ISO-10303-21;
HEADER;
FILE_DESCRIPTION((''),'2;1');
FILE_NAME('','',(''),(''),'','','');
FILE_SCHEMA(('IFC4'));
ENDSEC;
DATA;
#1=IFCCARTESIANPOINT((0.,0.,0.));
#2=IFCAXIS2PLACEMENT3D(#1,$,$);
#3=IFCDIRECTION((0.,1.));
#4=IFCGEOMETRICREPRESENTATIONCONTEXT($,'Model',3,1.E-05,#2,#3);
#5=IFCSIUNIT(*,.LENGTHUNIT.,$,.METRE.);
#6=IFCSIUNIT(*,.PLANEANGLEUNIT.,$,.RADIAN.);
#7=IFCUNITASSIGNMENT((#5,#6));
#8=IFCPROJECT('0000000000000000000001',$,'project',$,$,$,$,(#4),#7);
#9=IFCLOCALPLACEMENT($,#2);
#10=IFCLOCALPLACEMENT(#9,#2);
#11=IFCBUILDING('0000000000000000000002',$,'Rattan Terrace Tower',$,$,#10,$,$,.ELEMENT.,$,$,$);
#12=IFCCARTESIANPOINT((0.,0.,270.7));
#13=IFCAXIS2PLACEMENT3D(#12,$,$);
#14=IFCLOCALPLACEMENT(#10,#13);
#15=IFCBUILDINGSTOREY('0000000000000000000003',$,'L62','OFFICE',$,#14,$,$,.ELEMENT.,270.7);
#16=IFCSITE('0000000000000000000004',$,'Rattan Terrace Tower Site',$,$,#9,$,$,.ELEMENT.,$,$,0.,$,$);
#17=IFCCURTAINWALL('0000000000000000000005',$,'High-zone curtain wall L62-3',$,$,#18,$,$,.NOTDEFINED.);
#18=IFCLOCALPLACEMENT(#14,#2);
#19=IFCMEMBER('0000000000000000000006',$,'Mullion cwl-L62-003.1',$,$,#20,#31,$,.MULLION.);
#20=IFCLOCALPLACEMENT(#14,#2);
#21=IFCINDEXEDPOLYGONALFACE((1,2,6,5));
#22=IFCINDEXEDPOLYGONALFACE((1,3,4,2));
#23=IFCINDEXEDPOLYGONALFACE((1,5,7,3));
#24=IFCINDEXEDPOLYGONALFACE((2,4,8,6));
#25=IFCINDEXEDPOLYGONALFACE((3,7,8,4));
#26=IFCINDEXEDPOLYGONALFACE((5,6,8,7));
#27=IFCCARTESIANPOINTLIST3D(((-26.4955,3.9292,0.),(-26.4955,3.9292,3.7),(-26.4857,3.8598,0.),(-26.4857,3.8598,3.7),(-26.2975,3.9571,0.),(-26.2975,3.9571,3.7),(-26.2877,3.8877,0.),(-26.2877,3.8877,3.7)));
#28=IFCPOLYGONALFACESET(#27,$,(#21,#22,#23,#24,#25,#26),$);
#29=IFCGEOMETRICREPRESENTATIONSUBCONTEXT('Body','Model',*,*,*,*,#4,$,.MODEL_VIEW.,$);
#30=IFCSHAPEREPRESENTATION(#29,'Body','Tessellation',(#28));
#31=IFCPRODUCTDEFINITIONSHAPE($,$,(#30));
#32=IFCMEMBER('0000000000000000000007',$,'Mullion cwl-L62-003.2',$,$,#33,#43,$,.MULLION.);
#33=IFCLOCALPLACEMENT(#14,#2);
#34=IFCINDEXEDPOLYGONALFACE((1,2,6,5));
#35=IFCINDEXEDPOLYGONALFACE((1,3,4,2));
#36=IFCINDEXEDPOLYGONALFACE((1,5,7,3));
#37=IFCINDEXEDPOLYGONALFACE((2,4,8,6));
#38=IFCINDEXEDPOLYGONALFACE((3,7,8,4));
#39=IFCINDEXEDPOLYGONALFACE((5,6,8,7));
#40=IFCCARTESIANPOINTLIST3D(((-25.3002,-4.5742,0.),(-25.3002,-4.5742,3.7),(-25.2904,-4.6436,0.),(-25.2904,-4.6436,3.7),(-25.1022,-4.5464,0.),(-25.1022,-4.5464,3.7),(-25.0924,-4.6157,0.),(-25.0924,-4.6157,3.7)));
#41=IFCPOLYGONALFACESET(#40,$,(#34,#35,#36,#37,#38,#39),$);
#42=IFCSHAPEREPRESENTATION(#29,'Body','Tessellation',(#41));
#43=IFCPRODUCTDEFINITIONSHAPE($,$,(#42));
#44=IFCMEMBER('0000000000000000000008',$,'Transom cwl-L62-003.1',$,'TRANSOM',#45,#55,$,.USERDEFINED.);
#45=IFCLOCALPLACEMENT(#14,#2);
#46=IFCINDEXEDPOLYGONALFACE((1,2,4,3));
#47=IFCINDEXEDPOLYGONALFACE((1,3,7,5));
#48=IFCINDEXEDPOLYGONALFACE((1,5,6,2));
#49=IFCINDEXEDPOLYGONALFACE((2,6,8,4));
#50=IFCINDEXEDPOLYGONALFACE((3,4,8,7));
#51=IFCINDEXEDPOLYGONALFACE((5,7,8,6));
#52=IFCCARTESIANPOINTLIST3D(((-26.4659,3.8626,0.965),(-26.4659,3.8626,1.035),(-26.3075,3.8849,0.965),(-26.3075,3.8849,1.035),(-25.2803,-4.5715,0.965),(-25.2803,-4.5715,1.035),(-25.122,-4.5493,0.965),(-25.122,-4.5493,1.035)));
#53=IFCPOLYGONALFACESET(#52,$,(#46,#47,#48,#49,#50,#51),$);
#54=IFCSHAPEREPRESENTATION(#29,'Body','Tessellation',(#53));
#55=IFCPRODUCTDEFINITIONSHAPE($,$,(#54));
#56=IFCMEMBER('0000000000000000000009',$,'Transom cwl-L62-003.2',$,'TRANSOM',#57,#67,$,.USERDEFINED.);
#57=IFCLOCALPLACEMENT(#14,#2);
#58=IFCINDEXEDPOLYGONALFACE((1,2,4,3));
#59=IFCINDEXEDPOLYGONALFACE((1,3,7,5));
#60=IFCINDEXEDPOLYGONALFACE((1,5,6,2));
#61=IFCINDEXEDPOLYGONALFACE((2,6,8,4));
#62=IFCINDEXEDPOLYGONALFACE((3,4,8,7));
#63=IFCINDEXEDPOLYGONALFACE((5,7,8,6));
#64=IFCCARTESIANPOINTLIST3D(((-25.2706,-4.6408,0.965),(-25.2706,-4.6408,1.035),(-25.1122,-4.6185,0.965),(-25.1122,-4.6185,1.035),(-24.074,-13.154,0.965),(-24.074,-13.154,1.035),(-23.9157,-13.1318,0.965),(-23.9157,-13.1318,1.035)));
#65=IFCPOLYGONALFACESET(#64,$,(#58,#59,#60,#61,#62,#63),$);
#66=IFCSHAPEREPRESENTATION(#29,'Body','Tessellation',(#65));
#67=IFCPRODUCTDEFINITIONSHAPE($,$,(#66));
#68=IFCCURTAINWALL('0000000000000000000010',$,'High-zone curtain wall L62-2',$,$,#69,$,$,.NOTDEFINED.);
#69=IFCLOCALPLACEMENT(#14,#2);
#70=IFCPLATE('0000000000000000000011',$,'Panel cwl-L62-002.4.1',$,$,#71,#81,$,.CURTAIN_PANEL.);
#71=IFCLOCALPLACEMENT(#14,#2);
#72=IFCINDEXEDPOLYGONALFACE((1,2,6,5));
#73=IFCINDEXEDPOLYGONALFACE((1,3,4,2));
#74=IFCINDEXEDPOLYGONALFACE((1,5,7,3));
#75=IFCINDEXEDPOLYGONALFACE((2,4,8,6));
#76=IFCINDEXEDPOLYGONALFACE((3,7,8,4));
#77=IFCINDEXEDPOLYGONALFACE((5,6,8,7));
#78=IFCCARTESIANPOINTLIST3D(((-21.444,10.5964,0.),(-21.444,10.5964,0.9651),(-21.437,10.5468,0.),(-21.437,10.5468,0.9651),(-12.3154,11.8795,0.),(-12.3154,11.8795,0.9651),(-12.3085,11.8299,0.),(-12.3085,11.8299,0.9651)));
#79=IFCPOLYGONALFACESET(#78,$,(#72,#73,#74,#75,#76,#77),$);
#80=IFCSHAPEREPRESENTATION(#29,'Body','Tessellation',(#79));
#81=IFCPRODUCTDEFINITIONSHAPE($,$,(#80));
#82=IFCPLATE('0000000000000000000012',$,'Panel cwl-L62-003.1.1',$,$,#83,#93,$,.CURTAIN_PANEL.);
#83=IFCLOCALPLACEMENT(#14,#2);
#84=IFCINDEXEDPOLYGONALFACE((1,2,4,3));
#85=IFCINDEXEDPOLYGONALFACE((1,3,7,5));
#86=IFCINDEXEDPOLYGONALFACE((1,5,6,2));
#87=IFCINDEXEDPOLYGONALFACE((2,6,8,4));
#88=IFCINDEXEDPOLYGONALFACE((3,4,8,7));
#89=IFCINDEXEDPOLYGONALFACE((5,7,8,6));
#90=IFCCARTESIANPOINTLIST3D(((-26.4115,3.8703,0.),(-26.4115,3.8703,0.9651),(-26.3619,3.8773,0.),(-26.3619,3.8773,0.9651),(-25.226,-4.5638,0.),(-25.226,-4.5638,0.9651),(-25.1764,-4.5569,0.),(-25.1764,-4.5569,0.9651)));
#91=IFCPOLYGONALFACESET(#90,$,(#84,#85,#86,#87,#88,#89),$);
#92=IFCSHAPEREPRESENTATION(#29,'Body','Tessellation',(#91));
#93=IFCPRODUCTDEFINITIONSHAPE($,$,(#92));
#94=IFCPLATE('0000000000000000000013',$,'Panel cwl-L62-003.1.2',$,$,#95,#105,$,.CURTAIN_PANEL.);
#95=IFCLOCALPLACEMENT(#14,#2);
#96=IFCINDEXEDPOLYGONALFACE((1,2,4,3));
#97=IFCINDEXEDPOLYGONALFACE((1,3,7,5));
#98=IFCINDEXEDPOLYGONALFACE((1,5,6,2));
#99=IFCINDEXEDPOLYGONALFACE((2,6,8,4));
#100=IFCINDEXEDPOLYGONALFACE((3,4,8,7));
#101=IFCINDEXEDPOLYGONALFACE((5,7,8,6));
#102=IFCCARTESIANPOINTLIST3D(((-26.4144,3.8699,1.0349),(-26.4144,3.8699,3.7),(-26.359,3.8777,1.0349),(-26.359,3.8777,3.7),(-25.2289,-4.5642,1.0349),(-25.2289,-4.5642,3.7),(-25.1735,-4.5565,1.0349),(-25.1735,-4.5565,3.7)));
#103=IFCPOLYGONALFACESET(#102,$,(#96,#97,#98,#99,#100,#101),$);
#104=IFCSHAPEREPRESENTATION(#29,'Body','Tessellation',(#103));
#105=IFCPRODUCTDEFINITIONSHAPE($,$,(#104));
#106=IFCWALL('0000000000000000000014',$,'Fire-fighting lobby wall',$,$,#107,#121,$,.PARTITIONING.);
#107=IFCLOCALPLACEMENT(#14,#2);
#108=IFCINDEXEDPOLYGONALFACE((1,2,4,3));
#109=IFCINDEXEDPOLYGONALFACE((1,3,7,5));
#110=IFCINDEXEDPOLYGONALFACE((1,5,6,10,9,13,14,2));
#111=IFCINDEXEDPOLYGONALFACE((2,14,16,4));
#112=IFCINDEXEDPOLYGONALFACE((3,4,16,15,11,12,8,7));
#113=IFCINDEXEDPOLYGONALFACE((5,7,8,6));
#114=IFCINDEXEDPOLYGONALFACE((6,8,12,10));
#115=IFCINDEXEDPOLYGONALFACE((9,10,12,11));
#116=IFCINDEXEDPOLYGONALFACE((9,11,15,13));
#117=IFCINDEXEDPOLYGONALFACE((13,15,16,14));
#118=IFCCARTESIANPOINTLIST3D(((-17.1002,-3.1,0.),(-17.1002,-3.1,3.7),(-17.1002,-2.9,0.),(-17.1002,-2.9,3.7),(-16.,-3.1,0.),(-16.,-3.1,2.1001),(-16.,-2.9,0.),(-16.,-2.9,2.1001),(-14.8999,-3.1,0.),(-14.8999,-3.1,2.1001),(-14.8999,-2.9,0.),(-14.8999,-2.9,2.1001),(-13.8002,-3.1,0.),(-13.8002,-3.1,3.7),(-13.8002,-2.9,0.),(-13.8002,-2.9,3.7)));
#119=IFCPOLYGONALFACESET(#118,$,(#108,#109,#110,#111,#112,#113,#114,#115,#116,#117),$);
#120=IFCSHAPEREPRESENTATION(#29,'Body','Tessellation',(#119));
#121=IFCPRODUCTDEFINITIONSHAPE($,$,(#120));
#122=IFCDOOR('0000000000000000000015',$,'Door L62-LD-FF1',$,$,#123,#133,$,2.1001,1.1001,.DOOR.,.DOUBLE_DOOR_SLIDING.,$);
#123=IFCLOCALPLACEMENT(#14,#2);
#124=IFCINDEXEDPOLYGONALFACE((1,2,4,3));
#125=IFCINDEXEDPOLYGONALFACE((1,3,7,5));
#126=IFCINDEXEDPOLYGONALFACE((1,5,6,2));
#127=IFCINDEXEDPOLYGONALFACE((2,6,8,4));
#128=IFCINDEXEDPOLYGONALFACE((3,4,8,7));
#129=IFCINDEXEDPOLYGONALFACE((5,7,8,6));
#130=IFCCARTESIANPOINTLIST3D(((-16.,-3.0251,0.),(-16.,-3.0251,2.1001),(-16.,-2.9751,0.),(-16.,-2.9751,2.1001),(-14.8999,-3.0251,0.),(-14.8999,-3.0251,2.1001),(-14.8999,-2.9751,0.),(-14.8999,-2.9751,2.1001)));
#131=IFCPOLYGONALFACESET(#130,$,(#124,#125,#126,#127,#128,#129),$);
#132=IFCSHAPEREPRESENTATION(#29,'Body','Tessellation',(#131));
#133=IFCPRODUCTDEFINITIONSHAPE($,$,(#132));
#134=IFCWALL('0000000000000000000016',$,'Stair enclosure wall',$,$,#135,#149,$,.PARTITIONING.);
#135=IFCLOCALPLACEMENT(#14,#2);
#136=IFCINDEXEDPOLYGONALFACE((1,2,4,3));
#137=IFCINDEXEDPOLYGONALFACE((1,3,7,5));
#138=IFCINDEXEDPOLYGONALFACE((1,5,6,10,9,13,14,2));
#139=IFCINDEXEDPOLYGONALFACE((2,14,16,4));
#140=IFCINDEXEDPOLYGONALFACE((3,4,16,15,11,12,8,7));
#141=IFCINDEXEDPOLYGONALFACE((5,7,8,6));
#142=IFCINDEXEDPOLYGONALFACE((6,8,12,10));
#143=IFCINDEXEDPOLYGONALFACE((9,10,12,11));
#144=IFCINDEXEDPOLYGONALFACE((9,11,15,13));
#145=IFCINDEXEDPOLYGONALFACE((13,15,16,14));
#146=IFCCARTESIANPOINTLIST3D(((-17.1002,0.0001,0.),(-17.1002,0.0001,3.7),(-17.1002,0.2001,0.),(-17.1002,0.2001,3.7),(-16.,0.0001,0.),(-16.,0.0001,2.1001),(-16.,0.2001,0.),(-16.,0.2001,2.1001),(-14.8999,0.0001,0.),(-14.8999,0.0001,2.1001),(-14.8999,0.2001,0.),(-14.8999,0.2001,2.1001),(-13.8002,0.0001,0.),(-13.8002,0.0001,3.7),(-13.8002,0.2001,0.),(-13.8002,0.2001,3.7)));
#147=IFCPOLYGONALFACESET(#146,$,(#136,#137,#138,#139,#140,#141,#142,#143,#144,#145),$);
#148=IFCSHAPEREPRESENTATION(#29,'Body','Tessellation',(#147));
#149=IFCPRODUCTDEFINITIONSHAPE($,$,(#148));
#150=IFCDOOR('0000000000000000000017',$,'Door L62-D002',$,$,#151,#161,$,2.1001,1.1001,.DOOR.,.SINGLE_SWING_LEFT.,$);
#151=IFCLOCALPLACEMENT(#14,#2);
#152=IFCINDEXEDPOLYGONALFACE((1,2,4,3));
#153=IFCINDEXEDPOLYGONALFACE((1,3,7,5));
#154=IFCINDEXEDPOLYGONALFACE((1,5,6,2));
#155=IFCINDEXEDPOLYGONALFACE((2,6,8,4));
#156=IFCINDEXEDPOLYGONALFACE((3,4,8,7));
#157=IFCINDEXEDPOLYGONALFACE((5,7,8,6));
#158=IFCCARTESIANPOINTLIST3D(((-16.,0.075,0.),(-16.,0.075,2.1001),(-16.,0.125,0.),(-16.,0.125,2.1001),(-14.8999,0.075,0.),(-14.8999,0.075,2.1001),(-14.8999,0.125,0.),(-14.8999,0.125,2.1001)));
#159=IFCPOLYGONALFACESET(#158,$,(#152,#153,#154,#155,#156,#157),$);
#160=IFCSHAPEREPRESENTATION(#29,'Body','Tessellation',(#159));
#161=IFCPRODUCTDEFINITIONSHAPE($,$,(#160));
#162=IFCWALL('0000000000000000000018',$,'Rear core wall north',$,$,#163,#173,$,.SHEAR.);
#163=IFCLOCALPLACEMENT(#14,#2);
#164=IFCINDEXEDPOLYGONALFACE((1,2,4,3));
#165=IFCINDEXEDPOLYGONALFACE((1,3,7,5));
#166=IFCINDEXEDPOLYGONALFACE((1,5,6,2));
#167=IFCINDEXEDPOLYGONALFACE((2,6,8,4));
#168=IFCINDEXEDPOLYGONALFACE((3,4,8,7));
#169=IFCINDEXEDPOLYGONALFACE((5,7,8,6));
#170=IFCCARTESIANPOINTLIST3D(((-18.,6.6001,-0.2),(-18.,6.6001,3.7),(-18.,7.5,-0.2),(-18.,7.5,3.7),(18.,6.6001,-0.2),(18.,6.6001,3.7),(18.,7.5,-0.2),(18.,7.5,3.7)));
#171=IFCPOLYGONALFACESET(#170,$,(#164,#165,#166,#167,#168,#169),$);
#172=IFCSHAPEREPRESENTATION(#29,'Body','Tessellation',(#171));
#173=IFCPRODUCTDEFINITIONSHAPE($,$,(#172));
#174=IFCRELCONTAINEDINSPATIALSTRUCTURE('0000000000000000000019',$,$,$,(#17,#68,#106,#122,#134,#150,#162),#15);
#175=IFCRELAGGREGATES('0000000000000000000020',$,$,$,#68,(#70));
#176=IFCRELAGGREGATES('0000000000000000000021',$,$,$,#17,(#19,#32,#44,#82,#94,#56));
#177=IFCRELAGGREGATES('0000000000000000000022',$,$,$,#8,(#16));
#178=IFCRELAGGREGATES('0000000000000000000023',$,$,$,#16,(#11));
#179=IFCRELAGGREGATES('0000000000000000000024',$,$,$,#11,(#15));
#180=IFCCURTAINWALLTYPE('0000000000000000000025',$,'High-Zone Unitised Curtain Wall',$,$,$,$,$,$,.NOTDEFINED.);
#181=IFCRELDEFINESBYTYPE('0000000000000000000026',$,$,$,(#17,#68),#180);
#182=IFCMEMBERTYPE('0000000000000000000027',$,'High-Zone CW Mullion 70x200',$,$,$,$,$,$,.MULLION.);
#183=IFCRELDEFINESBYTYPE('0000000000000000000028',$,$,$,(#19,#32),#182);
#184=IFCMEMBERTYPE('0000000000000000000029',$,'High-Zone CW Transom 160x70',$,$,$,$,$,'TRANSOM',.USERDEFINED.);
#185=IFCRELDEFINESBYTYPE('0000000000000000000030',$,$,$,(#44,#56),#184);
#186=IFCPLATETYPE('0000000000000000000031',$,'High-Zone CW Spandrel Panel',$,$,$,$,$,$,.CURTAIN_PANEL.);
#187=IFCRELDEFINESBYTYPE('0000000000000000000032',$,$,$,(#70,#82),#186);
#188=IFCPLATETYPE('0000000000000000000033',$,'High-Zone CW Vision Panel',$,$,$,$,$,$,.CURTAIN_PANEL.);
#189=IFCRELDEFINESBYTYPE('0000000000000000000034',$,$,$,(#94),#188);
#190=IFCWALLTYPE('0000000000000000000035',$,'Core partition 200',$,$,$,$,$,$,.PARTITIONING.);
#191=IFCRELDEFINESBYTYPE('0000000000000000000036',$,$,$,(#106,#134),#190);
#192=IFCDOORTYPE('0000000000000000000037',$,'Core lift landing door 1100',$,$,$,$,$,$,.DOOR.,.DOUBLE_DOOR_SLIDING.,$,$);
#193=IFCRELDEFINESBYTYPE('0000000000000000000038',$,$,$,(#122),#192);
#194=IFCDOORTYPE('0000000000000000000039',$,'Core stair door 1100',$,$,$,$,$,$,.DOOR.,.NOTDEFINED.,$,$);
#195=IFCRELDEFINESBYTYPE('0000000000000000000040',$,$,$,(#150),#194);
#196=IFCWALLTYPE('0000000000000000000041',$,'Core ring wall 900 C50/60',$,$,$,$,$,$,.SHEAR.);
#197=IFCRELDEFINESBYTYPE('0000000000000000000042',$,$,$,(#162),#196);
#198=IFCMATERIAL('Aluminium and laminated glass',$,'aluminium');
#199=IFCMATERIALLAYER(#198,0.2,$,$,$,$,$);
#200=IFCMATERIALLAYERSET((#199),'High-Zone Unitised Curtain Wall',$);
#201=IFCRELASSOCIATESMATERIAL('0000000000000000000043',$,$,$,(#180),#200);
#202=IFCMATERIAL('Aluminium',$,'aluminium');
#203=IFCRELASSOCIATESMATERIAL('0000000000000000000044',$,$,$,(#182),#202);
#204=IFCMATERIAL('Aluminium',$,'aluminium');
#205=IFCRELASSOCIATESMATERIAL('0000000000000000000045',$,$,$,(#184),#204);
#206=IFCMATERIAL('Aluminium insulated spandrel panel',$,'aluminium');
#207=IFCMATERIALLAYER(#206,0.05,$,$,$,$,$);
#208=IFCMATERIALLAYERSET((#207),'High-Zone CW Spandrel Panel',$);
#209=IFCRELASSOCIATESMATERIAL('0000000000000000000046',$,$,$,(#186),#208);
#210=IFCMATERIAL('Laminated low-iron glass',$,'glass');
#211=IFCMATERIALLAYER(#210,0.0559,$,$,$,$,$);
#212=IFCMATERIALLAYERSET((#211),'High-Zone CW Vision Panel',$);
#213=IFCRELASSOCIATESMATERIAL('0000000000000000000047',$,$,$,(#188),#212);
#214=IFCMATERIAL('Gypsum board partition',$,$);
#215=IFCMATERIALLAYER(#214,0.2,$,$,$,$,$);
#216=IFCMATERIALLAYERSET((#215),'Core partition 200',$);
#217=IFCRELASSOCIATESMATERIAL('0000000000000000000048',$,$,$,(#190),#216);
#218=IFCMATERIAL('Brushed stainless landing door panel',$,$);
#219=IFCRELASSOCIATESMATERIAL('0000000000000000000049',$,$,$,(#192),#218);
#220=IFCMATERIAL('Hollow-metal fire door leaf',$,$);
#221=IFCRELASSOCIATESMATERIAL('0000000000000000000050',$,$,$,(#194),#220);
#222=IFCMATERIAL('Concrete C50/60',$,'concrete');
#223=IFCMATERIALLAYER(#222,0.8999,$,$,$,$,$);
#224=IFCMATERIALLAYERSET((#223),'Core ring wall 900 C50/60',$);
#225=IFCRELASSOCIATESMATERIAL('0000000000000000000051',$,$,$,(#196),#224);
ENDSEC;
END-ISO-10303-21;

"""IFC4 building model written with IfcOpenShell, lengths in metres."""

from ifc_helpers import new_model, si_unit, direction, frame, frame_2d, origin, origin_2d, place, context, subcontext, project, spatial, rectangle, extrude, material, layer, layer_set, material_profile, profile_set, type_object, element, fill, aggregate, save


model = new_model("IFC4")

# Units and contexts
model_context = context("Model", 3, precision=1e-05, world=origin(), true_north=direction((0.0, 1.0)))
body_context = subcontext(model_context, "Body", "Model", "MODEL_VIEW")
ifc_project = project(units=[si_unit("LENGTHUNIT", "METRE"), si_unit("PLANEANGLEUNIT", "RADIAN")], contexts=[model_context])

# Site, building, storey
site_placement = place(None, origin())
site = spatial("IfcSite", under=ifc_project, at=site_placement, Name="Rattan Terrace Tower Site", CompositionType="ELEMENT", RefElevation=0.0)
building_placement = place(site_placement, origin())
building = spatial("IfcBuilding", under=site, at=building_placement, Name="Rattan Terrace Tower", CompositionType="ELEMENT")
storey_placement = place(building_placement, frame((0.0, 0.0, 270.7)))
storey = spatial("IfcBuildingStorey", under=building, at=storey_placement, Name="L62", Description="OFFICE", CompositionType="ELEMENT", Elevation=270.7)

# Curtain wall, members
ifc_material_1 = material(Name="Aluminium and laminated glass", Category="aluminium")
ifc_layer_1 = layer(ifc_material_1, 0.2)
ifc_layer_set_1 = layer_set([ifc_layer_1], Name="High-Zone Unitised Curtain Wall")
curtain_wall_type = type_object("IfcCurtainWallType", Name="High-Zone Unitised Curtain Wall", PredefinedType="NOTDEFINED", material=ifc_layer_set_1)
curtain_wall_1_placement = place(storey_placement, origin())
curtain_wall_1 = element("IfcCurtainWall", 1, at=curtain_wall_1_placement, inside=storey, type_object=curtain_wall_type, Name="High-zone curtain wall L62-3", PredefinedType="NOTDEFINED")
ifc_material_2 = material(Name="Aluminium", Category="aluminium")
ifc_material_profile_1 = material_profile(ifc_material_2, rectangle(XDim=0.0701, YDim=0.2, at=origin_2d()), Name="Aluminium 70x200")
ifc_profile_set_1 = profile_set([ifc_material_profile_1], Name="Aluminium")
member_type_1 = type_object("IfcMemberType", Name="High-Zone CW Mullion 70x200", PredefinedType="MULLION", material=ifc_profile_set_1)
member_1_placement = place(storey_placement, frame((-26.3916, 3.9084, 0.0), z_axis=(0.0, 0.0, 1.0), x_axis=(0.139192, -0.990265, 0.0)))
member_1 = element("IfcMember", 2, at=member_1_placement, type_object=member_type_1, Name="Mullion cwl-L62-003.1", PredefinedType="MULLION", context=body_context, shape_type="SweptSolid", body=[
    extrude(rectangle(XDim=0.0701, YDim=0.2, at=origin_2d()), origin(), (0.0, 0.0, 1.0), 3.7),
])
member_2_placement = place(storey_placement, frame((-25.1963, -4.595, 0.0), z_axis=(0.0, 0.0, 1.0), x_axis=(0.139192, -0.990265, 0.0)))
member_2 = element("IfcMember", 3, at=member_2_placement, type_object=member_type_1, Name="Mullion cwl-L62-003.2", PredefinedType="MULLION", context=body_context, shape_type="SweptSolid", body=[
    extrude(rectangle(XDim=0.0701, YDim=0.2, at=origin_2d()), origin(), (0.0, 0.0, 1.0), 3.7),
])
ifc_material_3 = material(Name="Aluminium", Category="aluminium")
ifc_material_profile_2 = material_profile(ifc_material_3, rectangle(XDim=0.1599, YDim=0.0701, at=origin_2d()), Name="Aluminium 160x70")
ifc_profile_set_2 = profile_set([ifc_material_profile_2], Name="Aluminium")
member_type_2 = type_object("IfcMemberType", Name="High-Zone CW Transom 160x70", ElementType="TRANSOM", PredefinedType="USERDEFINED", material=ifc_profile_set_2)
member_3_placement = place(storey_placement, frame((-26.3867, 3.8738, 1.0), z_axis=(0.139198, -0.990265, 0.0), x_axis=(0.990265, 0.139198, 0.0)))
member_3 = element("IfcMember", 4, at=member_3_placement, type_object=member_type_2, Name="Transom cwl-L62-003.1", ObjectType="TRANSOM", PredefinedType="USERDEFINED", context=body_context, shape_type="SweptSolid", body=[
    extrude(rectangle(XDim=0.1599, YDim=0.0701, at=origin_2d()), origin(), (0.0, 0.0, 1.0), 8.5171),
])
member_4_placement = place(storey_placement, frame((-25.1914, -4.6296, 1.0), z_axis=(0.139183, -0.990267, 0.0), x_axis=(0.990267, 0.139183, 0.0)))
member_4 = element("IfcMember", 5, at=member_4_placement, type_object=member_type_2, Name="Transom cwl-L62-003.2", ObjectType="TRANSOM", PredefinedType="USERDEFINED", context=body_context, shape_type="SweptSolid", body=[
    extrude(rectangle(XDim=0.1599, YDim=0.0701, at=origin_2d()), origin(), (0.0, 0.0, 1.0), 8.5969),
])

# Curtain wall, plate
curtain_wall_2_placement = place(storey_placement, origin())
curtain_wall_2 = element("IfcCurtainWall", 6, at=curtain_wall_2_placement, inside=storey, type_object=curtain_wall_type, Name="High-zone curtain wall L62-2", PredefinedType="NOTDEFINED")
ifc_material_4 = material(Name="Aluminium insulated spandrel panel", Category="aluminium")
ifc_layer_2 = layer(ifc_material_4, 0.05)
ifc_layer_set_2 = layer_set([ifc_layer_2], Name="High-Zone CW Spandrel Panel")
plate_type_1 = type_object("IfcPlateType", Name="High-Zone CW Spandrel Panel", PredefinedType="CURTAIN_PANEL", material=ifc_layer_set_2)
plate_1_placement = place(storey_placement, frame((-16.8762, 11.2131, 0.0), z_axis=(0.0, 0.0, 1.0), x_axis=(-0.990266, -0.139189, 0.0)))
plate_1 = element("IfcPlate", 7, at=plate_1_placement, type_object=plate_type_1, Name="Panel cwl-L62-002.4.1", PredefinedType="CURTAIN_PANEL", context=body_context, shape_type="SweptSolid", body=[
    extrude(rectangle(XDim=9.2183, YDim=0.05, at=origin_2d()), origin(), (0.0, 0.0, 1.0), 0.9651),
])
aggregate(curtain_wall_2, [plate_1])

# Plates
plate_2_placement = place(storey_placement, frame((-25.7939, -0.3433, 0.0), z_axis=(0.0, 0.0, 1.0), x_axis=(0.139192, -0.990265, 0.0)))
plate_2 = element("IfcPlate", 8, at=plate_2_placement, type_object=plate_type_1, Name="Panel cwl-L62-003.1.1", PredefinedType="CURTAIN_PANEL", context=body_context, shape_type="SweptSolid", body=[
    extrude(rectangle(XDim=8.5171, YDim=0.05, at=origin_2d()), origin(), (0.0, 0.0, 1.0), 0.9651),
])
ifc_material_5 = material(Name="Laminated low-iron glass", Category="glass")
ifc_layer_3 = layer(ifc_material_5, 0.0559)
ifc_layer_set_3 = layer_set([ifc_layer_3], Name="High-Zone CW Vision Panel")
plate_type_2 = type_object("IfcPlateType", Name="High-Zone CW Vision Panel", PredefinedType="CURTAIN_PANEL", material=ifc_layer_set_3)
plate_3_placement = place(storey_placement, frame((-25.7939, -0.3433, 1.0349), z_axis=(0.0, 0.0, 1.0), x_axis=(0.139192, -0.990265, 0.0)))
plate_3 = element("IfcPlate", 9, at=plate_3_placement, type_object=plate_type_2, Name="Panel cwl-L62-003.1.2", PredefinedType="CURTAIN_PANEL", context=body_context, shape_type="SweptSolid", body=[
    extrude(rectangle(XDim=8.5171, YDim=0.0559, at=origin_2d()), origin(), (0.0, 0.0, 1.0), 2.665),
])
aggregate(curtain_wall_1, [member_1, member_2, member_3, plate_2, plate_3, member_4])

# Walls, openings, doors
ifc_material_6 = material(Name="Gypsum board partition")
ifc_layer_4 = layer(ifc_material_6, 0.2)
ifc_layer_set_4 = layer_set([ifc_layer_4], Name="Core partition 200")
wall_type_1 = type_object("IfcWallType", Name="Core partition 200", PredefinedType="PARTITIONING", material=ifc_layer_set_4)
wall_1_placement = place(storey_placement, frame((-17.1001, -3.0, 0.0), z_axis=(0.0, 0.0, 1.0), x_axis=(1.0, 0.0, 0.0)))
wall_1 = element("IfcWall", 10, at=wall_1_placement, inside=storey, type_object=wall_type_1, Name="Fire-fighting lobby wall", PredefinedType="PARTITIONING", context=body_context, shape_type="SweptSolid", body=[
    extrude(rectangle(XDim=3.3, YDim=0.2, at=frame_2d((1.6499, 0.0))), origin(), (0.0, 0.0, 1.0), 3.7),
])
opening_1_placement = place(wall_1_placement, frame((1.1001, 0.0, 0.0)))
opening_1 = element("IfcOpeningElement", 11, at=opening_1_placement, cuts=wall_1, PredefinedType="OPENING", context=body_context, shape_type="SweptSolid", body=[
    extrude(rectangle(XDim=1.1001, YDim=2.1001, at=frame_2d((0.55, 1.05))), frame((0.0, 0.1106, 0.0), z_axis=(0.0, -1.0, 0.0), x_axis=(1.0, 0.0, 0.0)), (0.0, 0.0, 1.0), 0.2209),
])
ifc_material_7 = material(Name="Brushed stainless landing door panel")
door_type_1 = type_object("IfcDoorType", Name="Core lift landing door 1100", OperationType="DOUBLE_DOOR_SLIDING", PredefinedType="DOOR", material=ifc_material_7)
door_1_placement = place(opening_1_placement, origin())
door_1 = element("IfcDoor", 12, at=door_1_placement, inside=storey, type_object=door_type_1, Name="Door L62-LD-FF1", OperationType="DOUBLE_DOOR_SLIDING", OverallHeight=2.1001, OverallWidth=1.1001, PredefinedType="DOOR", context=body_context, shape_type="SweptSolid", body=[
    extrude(rectangle(XDim=1.1001, YDim=2.1001, at=frame_2d((0.55, 1.05))), frame((0.0, 0.0249, 0.0), z_axis=(0.0, -1.0, 0.0), x_axis=(1.0, 0.0, 0.0)), (0.0, 0.0, 1.0), 0.05),
])
fill(opening_1, door_1)
wall_2_placement = place(storey_placement, frame((-17.1001, 0.1001, 0.0), z_axis=(0.0, 0.0, 1.0), x_axis=(1.0, 0.0, 0.0)))
wall_2 = element("IfcWall", 13, at=wall_2_placement, inside=storey, type_object=wall_type_1, Name="Stair enclosure wall", PredefinedType="PARTITIONING", context=body_context, shape_type="SweptSolid", body=[
    extrude(rectangle(XDim=3.3, YDim=0.2, at=frame_2d((1.6499, 0.0))), origin(), (0.0, 0.0, 1.0), 3.7),
])
opening_2_placement = place(wall_2_placement, frame((1.1001, 0.0, 0.0)))
opening_2 = element("IfcOpeningElement", 14, at=opening_2_placement, cuts=wall_2, PredefinedType="OPENING", context=body_context, shape_type="SweptSolid", body=[
    extrude(rectangle(XDim=1.1001, YDim=2.1001, at=frame_2d((0.55, 1.05))), frame((0.0, 0.1106, 0.0), z_axis=(0.0, -1.0, 0.0), x_axis=(1.0, 0.0, 0.0)), (0.0, 0.0, 1.0), 0.2209),
])
ifc_material_8 = material(Name="Hollow-metal fire door leaf")
door_type_2 = type_object("IfcDoorType", Name="Core stair door 1100", OperationType="NOTDEFINED", PredefinedType="DOOR", material=ifc_material_8)
door_2_placement = place(opening_2_placement, origin())
door_2 = element("IfcDoor", 15, at=door_2_placement, inside=storey, type_object=door_type_2, Name="Door L62-D002", OperationType="SINGLE_SWING_LEFT", OverallHeight=2.1001, OverallWidth=1.1001, PredefinedType="DOOR", context=body_context, shape_type="SweptSolid", body=[
    extrude(rectangle(XDim=1.1001, YDim=2.1001, at=frame_2d((0.55, 1.05))), frame((0.0, 0.0249, 0.0), z_axis=(0.0, -1.0, 0.0), x_axis=(1.0, 0.0, 0.0)), (0.0, 0.0, 1.0), 0.05),
])
fill(opening_2, door_2)

# Wall
ifc_material_9 = material(Name="Concrete C50/60", Category="concrete")
ifc_layer_5 = layer(ifc_material_9, 0.8999)
ifc_layer_set_5 = layer_set([ifc_layer_5], Name="Core ring wall 900 C50/60")
wall_type_2 = type_object("IfcWallType", Name="Core ring wall 900 C50/60", PredefinedType="SHEAR", material=ifc_layer_set_5)
wall_3_placement = place(storey_placement, frame((-18.0, 7.05, -0.2), z_axis=(0.0, 0.0, 1.0), x_axis=(1.0, 0.0, 0.0)))
element("IfcWall", 16, at=wall_3_placement, inside=storey, type_object=wall_type_2, Name="Rear core wall north", PredefinedType="SHEAR", context=body_context, shape_type="SweptSolid", body=[
    extrude(rectangle(XDim=36.0, YDim=0.8999, at=frame_2d((18.0, 0.0))), origin(), (0.0, 0.0, 1.0), 3.8999),
])

save(model, "model.ifc")
